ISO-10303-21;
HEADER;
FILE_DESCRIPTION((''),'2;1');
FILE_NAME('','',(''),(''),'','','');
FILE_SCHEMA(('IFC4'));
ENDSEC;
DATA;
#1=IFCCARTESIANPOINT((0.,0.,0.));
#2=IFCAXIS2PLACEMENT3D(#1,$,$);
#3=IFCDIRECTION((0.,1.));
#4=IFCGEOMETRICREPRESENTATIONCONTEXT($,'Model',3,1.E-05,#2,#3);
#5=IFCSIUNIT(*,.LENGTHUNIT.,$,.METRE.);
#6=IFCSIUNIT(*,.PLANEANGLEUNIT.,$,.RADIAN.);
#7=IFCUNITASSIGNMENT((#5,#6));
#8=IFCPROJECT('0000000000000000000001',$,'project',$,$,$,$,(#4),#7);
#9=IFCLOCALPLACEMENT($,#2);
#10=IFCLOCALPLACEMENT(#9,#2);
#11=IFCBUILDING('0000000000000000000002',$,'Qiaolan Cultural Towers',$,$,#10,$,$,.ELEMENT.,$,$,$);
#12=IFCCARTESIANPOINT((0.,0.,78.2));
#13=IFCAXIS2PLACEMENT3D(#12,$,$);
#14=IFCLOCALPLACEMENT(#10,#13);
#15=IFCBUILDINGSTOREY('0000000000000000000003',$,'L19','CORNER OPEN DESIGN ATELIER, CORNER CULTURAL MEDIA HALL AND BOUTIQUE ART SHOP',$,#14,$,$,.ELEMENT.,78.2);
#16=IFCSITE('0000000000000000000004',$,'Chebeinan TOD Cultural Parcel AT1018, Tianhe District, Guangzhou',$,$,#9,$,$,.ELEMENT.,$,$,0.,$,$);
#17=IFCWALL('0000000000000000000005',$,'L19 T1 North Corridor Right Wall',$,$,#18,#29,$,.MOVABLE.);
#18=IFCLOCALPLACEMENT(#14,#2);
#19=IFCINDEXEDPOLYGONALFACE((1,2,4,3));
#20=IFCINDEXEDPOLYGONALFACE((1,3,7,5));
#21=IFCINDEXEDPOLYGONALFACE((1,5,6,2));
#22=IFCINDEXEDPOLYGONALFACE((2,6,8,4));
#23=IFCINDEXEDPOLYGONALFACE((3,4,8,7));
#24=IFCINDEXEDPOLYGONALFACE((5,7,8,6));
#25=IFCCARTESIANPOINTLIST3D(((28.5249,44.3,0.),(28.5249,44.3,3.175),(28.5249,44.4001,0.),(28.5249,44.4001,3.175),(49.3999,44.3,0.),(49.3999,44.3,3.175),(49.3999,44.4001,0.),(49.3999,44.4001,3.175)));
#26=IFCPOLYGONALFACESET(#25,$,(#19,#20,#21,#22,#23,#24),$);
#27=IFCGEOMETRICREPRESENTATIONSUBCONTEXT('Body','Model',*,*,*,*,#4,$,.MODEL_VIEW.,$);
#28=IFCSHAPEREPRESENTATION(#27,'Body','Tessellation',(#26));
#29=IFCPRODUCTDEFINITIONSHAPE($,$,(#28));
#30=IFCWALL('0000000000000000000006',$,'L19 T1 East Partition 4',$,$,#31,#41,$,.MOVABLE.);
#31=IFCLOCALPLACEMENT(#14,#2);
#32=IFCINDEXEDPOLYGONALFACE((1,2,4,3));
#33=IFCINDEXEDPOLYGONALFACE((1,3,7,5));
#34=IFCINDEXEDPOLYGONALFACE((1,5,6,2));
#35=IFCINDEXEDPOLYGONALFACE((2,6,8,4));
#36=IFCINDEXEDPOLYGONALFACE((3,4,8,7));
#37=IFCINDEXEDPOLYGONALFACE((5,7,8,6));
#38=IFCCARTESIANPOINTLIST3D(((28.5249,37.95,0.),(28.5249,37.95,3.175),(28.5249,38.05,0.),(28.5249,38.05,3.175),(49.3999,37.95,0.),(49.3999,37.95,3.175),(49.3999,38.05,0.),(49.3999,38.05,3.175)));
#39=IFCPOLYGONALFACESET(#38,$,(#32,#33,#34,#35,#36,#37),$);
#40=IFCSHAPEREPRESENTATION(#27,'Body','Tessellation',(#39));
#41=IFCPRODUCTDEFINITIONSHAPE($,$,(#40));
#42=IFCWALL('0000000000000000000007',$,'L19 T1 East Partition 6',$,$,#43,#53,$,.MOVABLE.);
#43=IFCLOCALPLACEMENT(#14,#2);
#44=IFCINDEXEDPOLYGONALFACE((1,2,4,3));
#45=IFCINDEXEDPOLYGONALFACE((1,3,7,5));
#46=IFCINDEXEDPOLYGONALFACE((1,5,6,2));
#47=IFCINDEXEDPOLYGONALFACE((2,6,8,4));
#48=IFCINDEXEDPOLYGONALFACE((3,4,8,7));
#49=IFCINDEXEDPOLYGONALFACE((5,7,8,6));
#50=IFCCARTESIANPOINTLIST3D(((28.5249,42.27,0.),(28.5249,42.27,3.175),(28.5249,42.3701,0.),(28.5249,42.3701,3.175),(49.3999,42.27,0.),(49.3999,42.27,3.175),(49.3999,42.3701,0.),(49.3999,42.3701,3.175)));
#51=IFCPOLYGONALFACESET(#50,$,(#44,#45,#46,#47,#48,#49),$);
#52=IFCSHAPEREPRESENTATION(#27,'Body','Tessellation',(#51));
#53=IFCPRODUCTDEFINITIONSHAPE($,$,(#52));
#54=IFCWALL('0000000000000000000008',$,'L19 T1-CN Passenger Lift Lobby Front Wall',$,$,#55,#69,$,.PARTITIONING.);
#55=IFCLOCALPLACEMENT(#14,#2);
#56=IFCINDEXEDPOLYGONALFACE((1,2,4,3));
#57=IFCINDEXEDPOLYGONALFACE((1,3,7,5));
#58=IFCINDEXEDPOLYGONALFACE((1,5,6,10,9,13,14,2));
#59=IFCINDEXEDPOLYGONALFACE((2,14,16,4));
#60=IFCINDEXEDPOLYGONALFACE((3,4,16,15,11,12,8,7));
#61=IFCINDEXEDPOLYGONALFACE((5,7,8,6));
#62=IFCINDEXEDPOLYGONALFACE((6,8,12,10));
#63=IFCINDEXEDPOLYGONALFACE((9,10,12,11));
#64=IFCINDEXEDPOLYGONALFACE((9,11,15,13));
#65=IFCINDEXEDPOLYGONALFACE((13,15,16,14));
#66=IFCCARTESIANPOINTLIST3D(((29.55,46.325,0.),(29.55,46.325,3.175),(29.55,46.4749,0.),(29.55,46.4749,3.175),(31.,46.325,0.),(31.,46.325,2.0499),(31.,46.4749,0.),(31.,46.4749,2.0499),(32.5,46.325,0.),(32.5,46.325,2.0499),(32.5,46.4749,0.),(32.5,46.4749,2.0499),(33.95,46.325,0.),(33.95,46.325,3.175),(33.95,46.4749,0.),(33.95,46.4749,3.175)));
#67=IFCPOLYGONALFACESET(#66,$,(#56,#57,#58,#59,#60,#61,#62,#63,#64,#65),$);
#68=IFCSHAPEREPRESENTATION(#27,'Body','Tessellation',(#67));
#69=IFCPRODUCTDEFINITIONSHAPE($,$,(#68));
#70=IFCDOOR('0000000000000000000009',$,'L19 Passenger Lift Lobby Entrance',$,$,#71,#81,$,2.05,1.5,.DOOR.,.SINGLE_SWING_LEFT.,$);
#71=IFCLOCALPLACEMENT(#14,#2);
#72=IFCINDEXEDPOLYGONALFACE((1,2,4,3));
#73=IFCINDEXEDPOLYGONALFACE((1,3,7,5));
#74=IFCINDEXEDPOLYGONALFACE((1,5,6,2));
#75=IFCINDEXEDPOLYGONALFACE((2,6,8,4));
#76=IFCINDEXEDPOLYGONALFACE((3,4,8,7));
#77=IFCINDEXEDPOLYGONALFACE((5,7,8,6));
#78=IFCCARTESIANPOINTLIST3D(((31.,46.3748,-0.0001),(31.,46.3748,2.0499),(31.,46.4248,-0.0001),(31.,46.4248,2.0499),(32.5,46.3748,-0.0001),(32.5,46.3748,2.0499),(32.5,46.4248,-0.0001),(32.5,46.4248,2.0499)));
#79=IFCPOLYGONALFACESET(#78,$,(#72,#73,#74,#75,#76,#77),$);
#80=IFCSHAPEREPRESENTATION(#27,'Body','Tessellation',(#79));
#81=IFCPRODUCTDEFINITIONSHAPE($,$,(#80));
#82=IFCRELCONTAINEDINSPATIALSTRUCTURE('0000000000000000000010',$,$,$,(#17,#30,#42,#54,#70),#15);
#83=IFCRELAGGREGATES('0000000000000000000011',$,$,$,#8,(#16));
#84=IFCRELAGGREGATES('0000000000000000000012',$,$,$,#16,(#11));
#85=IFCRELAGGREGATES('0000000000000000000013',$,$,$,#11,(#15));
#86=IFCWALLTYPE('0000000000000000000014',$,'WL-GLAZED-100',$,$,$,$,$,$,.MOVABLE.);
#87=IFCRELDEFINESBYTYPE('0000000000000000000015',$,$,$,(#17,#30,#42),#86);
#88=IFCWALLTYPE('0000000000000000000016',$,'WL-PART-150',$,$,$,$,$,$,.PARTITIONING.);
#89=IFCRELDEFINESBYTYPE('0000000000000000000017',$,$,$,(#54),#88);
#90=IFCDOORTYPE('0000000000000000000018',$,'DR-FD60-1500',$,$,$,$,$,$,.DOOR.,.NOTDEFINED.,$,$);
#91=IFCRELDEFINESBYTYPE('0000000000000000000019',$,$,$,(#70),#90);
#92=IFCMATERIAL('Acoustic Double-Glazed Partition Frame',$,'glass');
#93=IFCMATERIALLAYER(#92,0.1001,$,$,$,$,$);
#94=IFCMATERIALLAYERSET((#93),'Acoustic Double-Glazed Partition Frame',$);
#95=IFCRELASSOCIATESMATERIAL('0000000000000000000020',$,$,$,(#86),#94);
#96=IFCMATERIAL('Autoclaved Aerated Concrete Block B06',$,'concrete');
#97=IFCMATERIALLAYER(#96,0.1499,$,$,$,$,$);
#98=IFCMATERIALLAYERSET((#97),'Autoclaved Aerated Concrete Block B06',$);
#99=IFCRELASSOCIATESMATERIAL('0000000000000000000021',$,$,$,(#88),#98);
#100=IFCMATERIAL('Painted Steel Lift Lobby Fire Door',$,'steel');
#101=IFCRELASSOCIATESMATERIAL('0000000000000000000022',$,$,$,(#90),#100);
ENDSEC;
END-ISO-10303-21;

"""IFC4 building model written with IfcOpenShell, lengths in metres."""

from ifc_helpers import new_model, si_unit, direction, frame, frame_2d, origin, place, context, subcontext, project, spatial, rectangle, extrude, material, layer, layer_set, type_object, element, fill, save


model = new_model("IFC4")

# Units and contexts
model_context = context("Model", 3, precision=1e-05, world=origin(), true_north=direction((0.0, 1.0)))
body_context = subcontext(model_context, "Body", "Model", "MODEL_VIEW")
ifc_project = project(units=[si_unit("LENGTHUNIT", "METRE"), si_unit("PLANEANGLEUNIT", "RADIAN")], contexts=[model_context])

# Site, building, storey
site_placement = place(None, origin())
site = spatial("IfcSite", under=ifc_project, at=site_placement, Name="Chebeinan TOD Cultural Parcel AT1018, Tianhe District, Guangzhou", CompositionType="ELEMENT", RefElevation=0.0)
building_placement = place(site_placement, origin())
building = spatial("IfcBuilding", under=site, at=building_placement, Name="Qiaolan Cultural Towers", CompositionType="ELEMENT")
storey_placement = place(building_placement, frame((0.0, 0.0, 78.2)))
storey = spatial("IfcBuildingStorey", under=building, at=storey_placement, Name="L19", Description="CORNER OPEN DESIGN ATELIER, CORNER CULTURAL MEDIA HALL AND BOUTIQUE ART SHOP", CompositionType="ELEMENT", Elevation=78.2)

# Walls
ifc_material_1 = material(Name="Acoustic Double-Glazed Partition Frame", Category="glass")
ifc_layer_1 = layer(ifc_material_1, 0.1001)
ifc_layer_set_1 = layer_set([ifc_layer_1], Name="Acoustic Double-Glazed Partition Frame")
wall_type_1 = type_object("IfcWallType", Name="WL-GLAZED-100", PredefinedType="MOVABLE", material=ifc_layer_set_1)
for number, where, z_axis, x_axis, name in (
    (1, (28.5249, 44.3501, 0.0), (0.0, 0.0, 1.0), (1.0, 0.0, 0.0), "L19 T1 North Corridor Right Wall"),
    (2, (28.5249, 38.0, 0.0), (0.0, 0.0, 1.0), (1.0, 0.0, 0.0), "L19 T1 East Partition 4"),
    (3, (28.5249, 42.3201, 0.0), (0.0, 0.0, 1.0), (1.0, 0.0, 0.0), "L19 T1 East Partition 6"),
):
    element("IfcWall", number, at=place(storey_placement, frame(where, z_axis=z_axis, x_axis=x_axis)), inside=storey, type_object=wall_type_1, Name=name, PredefinedType="MOVABLE", context=body_context, shape_type="SweptSolid", body=[
        extrude(rectangle(XDim=20.875, YDim=0.1001, at=frame_2d((10.4375, 0.0))), origin(), (0.0, 0.0, 1.0), 3.175),
    ])

# Wall, opening, door
ifc_material_2 = material(Name="Autoclaved Aerated Concrete Block B06", Category="concrete")
ifc_layer_2 = layer(ifc_material_2, 0.1499)
ifc_layer_set_2 = layer_set([ifc_layer_2], Name="Autoclaved Aerated Concrete Block B06")
wall_type_2 = type_object("IfcWallType", Name="WL-PART-150", PredefinedType="PARTITIONING", material=ifc_layer_set_2)
wall_1_placement = place(storey_placement, frame((29.55, 46.3999, 0.0), z_axis=(0.0, 0.0, 1.0), x_axis=(1.0, 0.0, 0.0)))
wall_1 = element("IfcWall", 4, at=wall_1_placement, inside=storey, type_object=wall_type_2, Name="L19 T1-CN Passenger Lift Lobby Front Wall", PredefinedType="PARTITIONING", context=body_context, shape_type="SweptSolid", body=[
    extrude(rectangle(XDim=4.3999, YDim=0.1499, at=frame_2d((2.2, 0.0))), origin(), (0.0, 0.0, 1.0), 3.175),
])
opening_1_placement = place(wall_1_placement, frame((1.45, 0.0, 0.0)))
opening_1 = element("IfcOpeningElement", 5, at=opening_1_placement, cuts=wall_1, PredefinedType="OPENING", context=body_context, shape_type="SweptSolid", body=[
    extrude(rectangle(XDim=1.5, YDim=2.05, at=frame_2d((0.75, 1.0249))), frame((0.0, 0.085, 0.0), z_axis=(0.0, -1.0, 0.0), x_axis=(1.0, 0.0, 0.0)), (0.0, 0.0, 1.0), 0.1699),
])
ifc_material_3 = material(Name="Painted Steel Lift Lobby Fire Door", Category="steel")
door_type_1 = type_object("IfcDoorType", Name="DR-FD60-1500", OperationType="NOTDEFINED", PredefinedType="DOOR", material=ifc_material_3)
door_1_placement = place(opening_1_placement, origin())
door_1 = element("IfcDoor", 6, at=door_1_placement, inside=storey, type_object=door_type_1, Name="L19 Passenger Lift Lobby Entrance", OperationType="SINGLE_SWING_LEFT", OverallHeight=2.05, OverallWidth=1.5, PredefinedType="DOOR", context=body_context, shape_type="SweptSolid", body=[
    extrude(rectangle(XDim=1.5, YDim=2.05, at=frame_2d((0.75, 1.0249))), frame((0.0, 0.0249, 0.0), z_axis=(0.0, -1.0, 0.0), x_axis=(1.0, 0.0, 0.0)), (0.0, 0.0, 1.0), 0.05),
])
fill(opening_1, door_1)

save(model, "model.ifc")
